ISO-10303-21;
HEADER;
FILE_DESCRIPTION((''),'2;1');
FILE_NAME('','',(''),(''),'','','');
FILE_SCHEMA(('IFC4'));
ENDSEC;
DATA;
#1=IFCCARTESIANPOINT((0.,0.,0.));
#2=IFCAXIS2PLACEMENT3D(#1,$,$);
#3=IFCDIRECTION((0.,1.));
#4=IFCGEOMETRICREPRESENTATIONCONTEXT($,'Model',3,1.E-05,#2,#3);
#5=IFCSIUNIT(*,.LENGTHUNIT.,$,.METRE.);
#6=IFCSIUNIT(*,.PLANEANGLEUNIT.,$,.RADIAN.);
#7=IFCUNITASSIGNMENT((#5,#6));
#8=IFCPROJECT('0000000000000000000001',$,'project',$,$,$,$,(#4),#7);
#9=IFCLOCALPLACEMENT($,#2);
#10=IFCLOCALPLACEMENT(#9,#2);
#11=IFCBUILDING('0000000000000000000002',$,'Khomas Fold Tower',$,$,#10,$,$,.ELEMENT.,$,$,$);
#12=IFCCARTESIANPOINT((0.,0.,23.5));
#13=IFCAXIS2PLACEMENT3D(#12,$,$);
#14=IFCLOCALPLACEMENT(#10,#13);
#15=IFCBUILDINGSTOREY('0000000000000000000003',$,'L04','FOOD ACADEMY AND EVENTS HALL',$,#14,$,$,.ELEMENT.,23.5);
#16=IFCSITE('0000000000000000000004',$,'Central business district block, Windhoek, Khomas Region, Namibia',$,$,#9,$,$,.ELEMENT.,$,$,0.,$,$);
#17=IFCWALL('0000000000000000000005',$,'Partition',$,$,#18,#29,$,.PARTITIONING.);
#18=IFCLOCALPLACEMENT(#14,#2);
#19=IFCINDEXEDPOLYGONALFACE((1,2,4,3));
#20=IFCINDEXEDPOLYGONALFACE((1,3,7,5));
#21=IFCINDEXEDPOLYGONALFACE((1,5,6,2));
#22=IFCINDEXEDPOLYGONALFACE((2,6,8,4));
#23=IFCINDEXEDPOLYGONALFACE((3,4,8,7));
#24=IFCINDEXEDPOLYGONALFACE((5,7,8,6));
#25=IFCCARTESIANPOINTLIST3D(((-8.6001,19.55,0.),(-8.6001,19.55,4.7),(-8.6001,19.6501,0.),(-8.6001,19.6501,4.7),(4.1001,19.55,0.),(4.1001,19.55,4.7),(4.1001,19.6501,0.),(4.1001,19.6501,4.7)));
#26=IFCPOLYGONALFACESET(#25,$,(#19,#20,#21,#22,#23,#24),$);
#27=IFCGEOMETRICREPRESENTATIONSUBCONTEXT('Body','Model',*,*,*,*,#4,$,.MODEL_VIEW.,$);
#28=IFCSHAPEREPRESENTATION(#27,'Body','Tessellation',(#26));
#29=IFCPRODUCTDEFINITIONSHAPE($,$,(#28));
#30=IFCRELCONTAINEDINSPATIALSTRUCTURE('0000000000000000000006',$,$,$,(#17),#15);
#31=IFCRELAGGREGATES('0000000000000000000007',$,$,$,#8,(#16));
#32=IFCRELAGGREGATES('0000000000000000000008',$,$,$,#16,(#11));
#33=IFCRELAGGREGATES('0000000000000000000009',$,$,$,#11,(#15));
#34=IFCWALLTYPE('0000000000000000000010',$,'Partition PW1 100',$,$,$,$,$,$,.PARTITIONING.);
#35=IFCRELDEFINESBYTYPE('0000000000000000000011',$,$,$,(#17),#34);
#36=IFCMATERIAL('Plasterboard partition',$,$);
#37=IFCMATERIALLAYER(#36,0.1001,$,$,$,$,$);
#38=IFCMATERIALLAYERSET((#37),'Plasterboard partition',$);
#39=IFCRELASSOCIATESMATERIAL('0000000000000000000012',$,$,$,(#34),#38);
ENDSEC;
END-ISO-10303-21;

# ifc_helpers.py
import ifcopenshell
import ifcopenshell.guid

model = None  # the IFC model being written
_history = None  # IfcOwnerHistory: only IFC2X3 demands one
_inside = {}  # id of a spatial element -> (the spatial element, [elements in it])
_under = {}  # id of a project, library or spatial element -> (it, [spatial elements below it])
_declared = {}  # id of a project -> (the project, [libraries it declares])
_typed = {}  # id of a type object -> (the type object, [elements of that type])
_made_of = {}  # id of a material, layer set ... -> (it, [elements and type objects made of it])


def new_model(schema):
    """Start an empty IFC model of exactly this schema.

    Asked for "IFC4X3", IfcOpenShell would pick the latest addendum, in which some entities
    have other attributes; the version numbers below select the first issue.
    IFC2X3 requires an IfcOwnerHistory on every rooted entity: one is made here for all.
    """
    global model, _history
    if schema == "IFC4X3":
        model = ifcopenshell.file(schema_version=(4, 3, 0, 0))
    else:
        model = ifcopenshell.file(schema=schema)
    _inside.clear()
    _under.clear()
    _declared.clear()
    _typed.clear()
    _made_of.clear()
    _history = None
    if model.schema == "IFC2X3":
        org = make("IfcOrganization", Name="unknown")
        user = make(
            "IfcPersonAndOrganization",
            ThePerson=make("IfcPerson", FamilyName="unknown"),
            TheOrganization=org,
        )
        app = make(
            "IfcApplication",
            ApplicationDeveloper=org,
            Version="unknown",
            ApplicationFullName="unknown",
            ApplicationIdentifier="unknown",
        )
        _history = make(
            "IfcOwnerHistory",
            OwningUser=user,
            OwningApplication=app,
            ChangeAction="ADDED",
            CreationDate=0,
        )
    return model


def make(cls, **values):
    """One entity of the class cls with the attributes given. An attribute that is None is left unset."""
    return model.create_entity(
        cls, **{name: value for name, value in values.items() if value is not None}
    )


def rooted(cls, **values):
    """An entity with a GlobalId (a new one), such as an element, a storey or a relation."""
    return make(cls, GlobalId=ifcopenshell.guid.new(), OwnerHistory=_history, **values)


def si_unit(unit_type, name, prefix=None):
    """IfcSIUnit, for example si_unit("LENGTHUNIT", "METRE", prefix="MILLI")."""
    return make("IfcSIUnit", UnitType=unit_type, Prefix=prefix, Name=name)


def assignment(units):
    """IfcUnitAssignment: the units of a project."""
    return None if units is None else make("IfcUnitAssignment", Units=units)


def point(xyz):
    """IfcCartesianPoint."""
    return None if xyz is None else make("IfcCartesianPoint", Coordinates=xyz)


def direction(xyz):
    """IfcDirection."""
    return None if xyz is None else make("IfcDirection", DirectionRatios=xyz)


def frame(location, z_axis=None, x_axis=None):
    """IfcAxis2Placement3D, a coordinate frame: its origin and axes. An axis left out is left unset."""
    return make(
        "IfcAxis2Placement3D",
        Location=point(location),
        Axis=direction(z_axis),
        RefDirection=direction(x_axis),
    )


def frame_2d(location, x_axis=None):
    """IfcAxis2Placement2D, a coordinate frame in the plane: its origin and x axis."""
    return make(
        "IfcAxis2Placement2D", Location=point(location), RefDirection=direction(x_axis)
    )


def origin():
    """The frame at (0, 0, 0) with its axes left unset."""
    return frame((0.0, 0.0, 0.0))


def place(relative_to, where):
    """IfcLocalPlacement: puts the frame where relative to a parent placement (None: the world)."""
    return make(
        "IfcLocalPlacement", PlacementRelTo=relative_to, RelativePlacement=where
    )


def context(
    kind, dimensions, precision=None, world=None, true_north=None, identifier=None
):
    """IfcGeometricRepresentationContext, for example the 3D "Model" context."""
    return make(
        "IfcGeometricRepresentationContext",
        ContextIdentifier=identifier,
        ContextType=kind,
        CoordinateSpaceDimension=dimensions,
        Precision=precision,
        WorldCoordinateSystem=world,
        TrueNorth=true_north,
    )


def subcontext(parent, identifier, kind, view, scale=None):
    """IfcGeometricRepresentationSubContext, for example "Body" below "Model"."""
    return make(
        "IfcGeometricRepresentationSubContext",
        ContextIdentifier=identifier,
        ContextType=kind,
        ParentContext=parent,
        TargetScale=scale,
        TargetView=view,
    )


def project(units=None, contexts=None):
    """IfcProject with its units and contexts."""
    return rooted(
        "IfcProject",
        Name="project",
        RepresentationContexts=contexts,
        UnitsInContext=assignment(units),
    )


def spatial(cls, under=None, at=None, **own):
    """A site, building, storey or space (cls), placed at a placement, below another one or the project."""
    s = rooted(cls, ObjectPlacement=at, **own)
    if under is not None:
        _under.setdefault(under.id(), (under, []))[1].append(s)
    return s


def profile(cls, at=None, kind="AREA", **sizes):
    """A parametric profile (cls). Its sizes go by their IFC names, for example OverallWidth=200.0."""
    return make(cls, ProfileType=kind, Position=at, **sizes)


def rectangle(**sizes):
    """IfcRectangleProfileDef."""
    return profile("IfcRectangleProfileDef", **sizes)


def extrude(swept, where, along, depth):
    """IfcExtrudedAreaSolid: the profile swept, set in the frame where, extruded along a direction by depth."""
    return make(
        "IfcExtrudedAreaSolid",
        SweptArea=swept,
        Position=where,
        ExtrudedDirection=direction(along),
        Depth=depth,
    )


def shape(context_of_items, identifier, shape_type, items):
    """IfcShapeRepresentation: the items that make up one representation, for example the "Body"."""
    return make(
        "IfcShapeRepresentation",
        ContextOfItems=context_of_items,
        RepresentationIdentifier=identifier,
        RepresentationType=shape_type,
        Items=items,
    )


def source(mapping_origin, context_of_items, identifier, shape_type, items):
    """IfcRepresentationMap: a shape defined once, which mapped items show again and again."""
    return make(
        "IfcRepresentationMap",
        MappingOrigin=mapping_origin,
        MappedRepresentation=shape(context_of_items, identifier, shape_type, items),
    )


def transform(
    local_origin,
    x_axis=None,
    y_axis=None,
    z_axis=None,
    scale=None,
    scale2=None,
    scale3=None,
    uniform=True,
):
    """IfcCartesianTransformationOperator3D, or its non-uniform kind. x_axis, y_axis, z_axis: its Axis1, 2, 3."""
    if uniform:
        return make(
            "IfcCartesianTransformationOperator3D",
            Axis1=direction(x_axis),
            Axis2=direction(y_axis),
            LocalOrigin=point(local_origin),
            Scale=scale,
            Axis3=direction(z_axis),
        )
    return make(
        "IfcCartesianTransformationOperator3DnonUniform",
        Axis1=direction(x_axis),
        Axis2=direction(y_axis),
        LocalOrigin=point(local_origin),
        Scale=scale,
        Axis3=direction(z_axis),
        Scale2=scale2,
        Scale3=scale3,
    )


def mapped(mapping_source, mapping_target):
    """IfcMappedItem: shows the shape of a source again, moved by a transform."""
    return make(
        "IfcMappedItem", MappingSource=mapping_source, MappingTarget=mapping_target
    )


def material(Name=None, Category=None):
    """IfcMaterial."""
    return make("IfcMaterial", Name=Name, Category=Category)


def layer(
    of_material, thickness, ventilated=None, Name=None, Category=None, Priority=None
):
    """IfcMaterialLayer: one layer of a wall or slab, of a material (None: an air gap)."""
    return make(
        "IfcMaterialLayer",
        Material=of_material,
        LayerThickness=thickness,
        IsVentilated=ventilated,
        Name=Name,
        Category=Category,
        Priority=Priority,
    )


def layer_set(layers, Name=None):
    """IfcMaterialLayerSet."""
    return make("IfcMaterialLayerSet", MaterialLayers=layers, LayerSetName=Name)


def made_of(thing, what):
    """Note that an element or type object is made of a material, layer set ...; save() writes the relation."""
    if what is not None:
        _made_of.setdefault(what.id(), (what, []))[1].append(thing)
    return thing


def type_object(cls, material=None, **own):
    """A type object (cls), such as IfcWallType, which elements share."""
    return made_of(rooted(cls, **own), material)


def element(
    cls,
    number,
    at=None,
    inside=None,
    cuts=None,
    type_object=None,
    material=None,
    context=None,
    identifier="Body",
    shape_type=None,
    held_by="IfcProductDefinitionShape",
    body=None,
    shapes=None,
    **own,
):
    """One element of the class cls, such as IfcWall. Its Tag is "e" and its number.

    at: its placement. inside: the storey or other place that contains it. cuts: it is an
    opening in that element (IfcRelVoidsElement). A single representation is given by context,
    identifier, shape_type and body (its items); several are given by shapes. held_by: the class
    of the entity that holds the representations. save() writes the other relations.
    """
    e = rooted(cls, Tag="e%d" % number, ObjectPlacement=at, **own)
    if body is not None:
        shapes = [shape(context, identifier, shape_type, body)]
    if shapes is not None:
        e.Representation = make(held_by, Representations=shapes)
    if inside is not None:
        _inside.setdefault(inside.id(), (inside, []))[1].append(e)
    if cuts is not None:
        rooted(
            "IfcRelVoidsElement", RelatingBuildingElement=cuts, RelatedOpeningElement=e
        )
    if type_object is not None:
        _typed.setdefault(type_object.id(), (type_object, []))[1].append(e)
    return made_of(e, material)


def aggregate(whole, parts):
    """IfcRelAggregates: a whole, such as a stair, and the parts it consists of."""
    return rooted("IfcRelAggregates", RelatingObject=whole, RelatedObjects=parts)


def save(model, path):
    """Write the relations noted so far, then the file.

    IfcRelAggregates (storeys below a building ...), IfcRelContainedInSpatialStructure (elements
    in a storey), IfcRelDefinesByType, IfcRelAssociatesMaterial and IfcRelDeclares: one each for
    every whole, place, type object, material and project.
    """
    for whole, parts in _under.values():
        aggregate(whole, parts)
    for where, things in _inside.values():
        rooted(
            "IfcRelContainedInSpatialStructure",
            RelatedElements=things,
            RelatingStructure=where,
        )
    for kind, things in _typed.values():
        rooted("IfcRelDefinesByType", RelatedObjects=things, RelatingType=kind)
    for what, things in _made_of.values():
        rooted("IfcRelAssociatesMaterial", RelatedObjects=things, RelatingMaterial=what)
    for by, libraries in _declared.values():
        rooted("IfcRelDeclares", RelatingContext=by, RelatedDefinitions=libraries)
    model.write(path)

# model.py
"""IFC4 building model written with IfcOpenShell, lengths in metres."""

from ifc_helpers import new_model, si_unit, direction, frame, frame_2d, origin, place, context, subcontext, project, spatial, rectangle, extrude, source, transform, mapped, material, layer, layer_set, type_object, element, save


model = new_model("IFC4")

# Units and contexts
model_context = context("Model", 3, precision=1e-05, world=origin(), true_north=direction((0.0, 1.0)))
body_context = subcontext(model_context, "Body", "Model", "MODEL_VIEW")
ifc_project = project(units=[si_unit("LENGTHUNIT", "METRE"), si_unit("PLANEANGLEUNIT", "RADIAN")], contexts=[model_context])

# Site, building, storey
site_placement = place(None, origin())
site = spatial("IfcSite", under=ifc_project, at=site_placement, Name="Central business district block, Windhoek, Khomas Region, Namibia", CompositionType="ELEMENT", RefElevation=0.0)
building_placement = place(site_placement, origin())
building = spatial("IfcBuilding", under=site, at=building_placement, Name="Khomas Fold Tower", CompositionType="ELEMENT")
storey_placement = place(building_placement, frame((0.0, 0.0, 23.5)))
storey = spatial("IfcBuildingStorey", under=building, at=storey_placement, Name="L04", Description="FOOD ACADEMY AND EVENTS HALL", CompositionType="ELEMENT", Elevation=23.5)

# Wall
ifc_material_1 = material(Name="Plasterboard partition")
ifc_layer_1 = layer(ifc_material_1, 0.1001)
ifc_layer_set_1 = layer_set([ifc_layer_1], Name="Plasterboard partition")
wall_type_1 = type_object("IfcWallType", Name="Partition PW1 100", PredefinedType="PARTITIONING", material=ifc_layer_set_1)
shared_shape_1 = source(origin(), body_context, "Body", "SweptSolid", [
    extrude(rectangle(XDim=12.7002, YDim=0.1001, at=frame_2d((6.3501, 0.0))), origin(), (0.0, 0.0, 1.0), 4.7),
])
wall_1_placement = place(storey_placement, frame((-8.6001, 19.6001, 0.0), z_axis=(0.0, 0.0, 1.0), x_axis=(1.0, 0.0, 0.0)))
element("IfcWall", 1, at=wall_1_placement, inside=storey, type_object=wall_type_1, Name="Partition", PredefinedType="PARTITIONING", context=body_context, shape_type="MappedRepresentation", body=[
    mapped(shared_shape_1, transform((0.0, 0.0, 0.0))),
])

save(model, "model.ifc")
